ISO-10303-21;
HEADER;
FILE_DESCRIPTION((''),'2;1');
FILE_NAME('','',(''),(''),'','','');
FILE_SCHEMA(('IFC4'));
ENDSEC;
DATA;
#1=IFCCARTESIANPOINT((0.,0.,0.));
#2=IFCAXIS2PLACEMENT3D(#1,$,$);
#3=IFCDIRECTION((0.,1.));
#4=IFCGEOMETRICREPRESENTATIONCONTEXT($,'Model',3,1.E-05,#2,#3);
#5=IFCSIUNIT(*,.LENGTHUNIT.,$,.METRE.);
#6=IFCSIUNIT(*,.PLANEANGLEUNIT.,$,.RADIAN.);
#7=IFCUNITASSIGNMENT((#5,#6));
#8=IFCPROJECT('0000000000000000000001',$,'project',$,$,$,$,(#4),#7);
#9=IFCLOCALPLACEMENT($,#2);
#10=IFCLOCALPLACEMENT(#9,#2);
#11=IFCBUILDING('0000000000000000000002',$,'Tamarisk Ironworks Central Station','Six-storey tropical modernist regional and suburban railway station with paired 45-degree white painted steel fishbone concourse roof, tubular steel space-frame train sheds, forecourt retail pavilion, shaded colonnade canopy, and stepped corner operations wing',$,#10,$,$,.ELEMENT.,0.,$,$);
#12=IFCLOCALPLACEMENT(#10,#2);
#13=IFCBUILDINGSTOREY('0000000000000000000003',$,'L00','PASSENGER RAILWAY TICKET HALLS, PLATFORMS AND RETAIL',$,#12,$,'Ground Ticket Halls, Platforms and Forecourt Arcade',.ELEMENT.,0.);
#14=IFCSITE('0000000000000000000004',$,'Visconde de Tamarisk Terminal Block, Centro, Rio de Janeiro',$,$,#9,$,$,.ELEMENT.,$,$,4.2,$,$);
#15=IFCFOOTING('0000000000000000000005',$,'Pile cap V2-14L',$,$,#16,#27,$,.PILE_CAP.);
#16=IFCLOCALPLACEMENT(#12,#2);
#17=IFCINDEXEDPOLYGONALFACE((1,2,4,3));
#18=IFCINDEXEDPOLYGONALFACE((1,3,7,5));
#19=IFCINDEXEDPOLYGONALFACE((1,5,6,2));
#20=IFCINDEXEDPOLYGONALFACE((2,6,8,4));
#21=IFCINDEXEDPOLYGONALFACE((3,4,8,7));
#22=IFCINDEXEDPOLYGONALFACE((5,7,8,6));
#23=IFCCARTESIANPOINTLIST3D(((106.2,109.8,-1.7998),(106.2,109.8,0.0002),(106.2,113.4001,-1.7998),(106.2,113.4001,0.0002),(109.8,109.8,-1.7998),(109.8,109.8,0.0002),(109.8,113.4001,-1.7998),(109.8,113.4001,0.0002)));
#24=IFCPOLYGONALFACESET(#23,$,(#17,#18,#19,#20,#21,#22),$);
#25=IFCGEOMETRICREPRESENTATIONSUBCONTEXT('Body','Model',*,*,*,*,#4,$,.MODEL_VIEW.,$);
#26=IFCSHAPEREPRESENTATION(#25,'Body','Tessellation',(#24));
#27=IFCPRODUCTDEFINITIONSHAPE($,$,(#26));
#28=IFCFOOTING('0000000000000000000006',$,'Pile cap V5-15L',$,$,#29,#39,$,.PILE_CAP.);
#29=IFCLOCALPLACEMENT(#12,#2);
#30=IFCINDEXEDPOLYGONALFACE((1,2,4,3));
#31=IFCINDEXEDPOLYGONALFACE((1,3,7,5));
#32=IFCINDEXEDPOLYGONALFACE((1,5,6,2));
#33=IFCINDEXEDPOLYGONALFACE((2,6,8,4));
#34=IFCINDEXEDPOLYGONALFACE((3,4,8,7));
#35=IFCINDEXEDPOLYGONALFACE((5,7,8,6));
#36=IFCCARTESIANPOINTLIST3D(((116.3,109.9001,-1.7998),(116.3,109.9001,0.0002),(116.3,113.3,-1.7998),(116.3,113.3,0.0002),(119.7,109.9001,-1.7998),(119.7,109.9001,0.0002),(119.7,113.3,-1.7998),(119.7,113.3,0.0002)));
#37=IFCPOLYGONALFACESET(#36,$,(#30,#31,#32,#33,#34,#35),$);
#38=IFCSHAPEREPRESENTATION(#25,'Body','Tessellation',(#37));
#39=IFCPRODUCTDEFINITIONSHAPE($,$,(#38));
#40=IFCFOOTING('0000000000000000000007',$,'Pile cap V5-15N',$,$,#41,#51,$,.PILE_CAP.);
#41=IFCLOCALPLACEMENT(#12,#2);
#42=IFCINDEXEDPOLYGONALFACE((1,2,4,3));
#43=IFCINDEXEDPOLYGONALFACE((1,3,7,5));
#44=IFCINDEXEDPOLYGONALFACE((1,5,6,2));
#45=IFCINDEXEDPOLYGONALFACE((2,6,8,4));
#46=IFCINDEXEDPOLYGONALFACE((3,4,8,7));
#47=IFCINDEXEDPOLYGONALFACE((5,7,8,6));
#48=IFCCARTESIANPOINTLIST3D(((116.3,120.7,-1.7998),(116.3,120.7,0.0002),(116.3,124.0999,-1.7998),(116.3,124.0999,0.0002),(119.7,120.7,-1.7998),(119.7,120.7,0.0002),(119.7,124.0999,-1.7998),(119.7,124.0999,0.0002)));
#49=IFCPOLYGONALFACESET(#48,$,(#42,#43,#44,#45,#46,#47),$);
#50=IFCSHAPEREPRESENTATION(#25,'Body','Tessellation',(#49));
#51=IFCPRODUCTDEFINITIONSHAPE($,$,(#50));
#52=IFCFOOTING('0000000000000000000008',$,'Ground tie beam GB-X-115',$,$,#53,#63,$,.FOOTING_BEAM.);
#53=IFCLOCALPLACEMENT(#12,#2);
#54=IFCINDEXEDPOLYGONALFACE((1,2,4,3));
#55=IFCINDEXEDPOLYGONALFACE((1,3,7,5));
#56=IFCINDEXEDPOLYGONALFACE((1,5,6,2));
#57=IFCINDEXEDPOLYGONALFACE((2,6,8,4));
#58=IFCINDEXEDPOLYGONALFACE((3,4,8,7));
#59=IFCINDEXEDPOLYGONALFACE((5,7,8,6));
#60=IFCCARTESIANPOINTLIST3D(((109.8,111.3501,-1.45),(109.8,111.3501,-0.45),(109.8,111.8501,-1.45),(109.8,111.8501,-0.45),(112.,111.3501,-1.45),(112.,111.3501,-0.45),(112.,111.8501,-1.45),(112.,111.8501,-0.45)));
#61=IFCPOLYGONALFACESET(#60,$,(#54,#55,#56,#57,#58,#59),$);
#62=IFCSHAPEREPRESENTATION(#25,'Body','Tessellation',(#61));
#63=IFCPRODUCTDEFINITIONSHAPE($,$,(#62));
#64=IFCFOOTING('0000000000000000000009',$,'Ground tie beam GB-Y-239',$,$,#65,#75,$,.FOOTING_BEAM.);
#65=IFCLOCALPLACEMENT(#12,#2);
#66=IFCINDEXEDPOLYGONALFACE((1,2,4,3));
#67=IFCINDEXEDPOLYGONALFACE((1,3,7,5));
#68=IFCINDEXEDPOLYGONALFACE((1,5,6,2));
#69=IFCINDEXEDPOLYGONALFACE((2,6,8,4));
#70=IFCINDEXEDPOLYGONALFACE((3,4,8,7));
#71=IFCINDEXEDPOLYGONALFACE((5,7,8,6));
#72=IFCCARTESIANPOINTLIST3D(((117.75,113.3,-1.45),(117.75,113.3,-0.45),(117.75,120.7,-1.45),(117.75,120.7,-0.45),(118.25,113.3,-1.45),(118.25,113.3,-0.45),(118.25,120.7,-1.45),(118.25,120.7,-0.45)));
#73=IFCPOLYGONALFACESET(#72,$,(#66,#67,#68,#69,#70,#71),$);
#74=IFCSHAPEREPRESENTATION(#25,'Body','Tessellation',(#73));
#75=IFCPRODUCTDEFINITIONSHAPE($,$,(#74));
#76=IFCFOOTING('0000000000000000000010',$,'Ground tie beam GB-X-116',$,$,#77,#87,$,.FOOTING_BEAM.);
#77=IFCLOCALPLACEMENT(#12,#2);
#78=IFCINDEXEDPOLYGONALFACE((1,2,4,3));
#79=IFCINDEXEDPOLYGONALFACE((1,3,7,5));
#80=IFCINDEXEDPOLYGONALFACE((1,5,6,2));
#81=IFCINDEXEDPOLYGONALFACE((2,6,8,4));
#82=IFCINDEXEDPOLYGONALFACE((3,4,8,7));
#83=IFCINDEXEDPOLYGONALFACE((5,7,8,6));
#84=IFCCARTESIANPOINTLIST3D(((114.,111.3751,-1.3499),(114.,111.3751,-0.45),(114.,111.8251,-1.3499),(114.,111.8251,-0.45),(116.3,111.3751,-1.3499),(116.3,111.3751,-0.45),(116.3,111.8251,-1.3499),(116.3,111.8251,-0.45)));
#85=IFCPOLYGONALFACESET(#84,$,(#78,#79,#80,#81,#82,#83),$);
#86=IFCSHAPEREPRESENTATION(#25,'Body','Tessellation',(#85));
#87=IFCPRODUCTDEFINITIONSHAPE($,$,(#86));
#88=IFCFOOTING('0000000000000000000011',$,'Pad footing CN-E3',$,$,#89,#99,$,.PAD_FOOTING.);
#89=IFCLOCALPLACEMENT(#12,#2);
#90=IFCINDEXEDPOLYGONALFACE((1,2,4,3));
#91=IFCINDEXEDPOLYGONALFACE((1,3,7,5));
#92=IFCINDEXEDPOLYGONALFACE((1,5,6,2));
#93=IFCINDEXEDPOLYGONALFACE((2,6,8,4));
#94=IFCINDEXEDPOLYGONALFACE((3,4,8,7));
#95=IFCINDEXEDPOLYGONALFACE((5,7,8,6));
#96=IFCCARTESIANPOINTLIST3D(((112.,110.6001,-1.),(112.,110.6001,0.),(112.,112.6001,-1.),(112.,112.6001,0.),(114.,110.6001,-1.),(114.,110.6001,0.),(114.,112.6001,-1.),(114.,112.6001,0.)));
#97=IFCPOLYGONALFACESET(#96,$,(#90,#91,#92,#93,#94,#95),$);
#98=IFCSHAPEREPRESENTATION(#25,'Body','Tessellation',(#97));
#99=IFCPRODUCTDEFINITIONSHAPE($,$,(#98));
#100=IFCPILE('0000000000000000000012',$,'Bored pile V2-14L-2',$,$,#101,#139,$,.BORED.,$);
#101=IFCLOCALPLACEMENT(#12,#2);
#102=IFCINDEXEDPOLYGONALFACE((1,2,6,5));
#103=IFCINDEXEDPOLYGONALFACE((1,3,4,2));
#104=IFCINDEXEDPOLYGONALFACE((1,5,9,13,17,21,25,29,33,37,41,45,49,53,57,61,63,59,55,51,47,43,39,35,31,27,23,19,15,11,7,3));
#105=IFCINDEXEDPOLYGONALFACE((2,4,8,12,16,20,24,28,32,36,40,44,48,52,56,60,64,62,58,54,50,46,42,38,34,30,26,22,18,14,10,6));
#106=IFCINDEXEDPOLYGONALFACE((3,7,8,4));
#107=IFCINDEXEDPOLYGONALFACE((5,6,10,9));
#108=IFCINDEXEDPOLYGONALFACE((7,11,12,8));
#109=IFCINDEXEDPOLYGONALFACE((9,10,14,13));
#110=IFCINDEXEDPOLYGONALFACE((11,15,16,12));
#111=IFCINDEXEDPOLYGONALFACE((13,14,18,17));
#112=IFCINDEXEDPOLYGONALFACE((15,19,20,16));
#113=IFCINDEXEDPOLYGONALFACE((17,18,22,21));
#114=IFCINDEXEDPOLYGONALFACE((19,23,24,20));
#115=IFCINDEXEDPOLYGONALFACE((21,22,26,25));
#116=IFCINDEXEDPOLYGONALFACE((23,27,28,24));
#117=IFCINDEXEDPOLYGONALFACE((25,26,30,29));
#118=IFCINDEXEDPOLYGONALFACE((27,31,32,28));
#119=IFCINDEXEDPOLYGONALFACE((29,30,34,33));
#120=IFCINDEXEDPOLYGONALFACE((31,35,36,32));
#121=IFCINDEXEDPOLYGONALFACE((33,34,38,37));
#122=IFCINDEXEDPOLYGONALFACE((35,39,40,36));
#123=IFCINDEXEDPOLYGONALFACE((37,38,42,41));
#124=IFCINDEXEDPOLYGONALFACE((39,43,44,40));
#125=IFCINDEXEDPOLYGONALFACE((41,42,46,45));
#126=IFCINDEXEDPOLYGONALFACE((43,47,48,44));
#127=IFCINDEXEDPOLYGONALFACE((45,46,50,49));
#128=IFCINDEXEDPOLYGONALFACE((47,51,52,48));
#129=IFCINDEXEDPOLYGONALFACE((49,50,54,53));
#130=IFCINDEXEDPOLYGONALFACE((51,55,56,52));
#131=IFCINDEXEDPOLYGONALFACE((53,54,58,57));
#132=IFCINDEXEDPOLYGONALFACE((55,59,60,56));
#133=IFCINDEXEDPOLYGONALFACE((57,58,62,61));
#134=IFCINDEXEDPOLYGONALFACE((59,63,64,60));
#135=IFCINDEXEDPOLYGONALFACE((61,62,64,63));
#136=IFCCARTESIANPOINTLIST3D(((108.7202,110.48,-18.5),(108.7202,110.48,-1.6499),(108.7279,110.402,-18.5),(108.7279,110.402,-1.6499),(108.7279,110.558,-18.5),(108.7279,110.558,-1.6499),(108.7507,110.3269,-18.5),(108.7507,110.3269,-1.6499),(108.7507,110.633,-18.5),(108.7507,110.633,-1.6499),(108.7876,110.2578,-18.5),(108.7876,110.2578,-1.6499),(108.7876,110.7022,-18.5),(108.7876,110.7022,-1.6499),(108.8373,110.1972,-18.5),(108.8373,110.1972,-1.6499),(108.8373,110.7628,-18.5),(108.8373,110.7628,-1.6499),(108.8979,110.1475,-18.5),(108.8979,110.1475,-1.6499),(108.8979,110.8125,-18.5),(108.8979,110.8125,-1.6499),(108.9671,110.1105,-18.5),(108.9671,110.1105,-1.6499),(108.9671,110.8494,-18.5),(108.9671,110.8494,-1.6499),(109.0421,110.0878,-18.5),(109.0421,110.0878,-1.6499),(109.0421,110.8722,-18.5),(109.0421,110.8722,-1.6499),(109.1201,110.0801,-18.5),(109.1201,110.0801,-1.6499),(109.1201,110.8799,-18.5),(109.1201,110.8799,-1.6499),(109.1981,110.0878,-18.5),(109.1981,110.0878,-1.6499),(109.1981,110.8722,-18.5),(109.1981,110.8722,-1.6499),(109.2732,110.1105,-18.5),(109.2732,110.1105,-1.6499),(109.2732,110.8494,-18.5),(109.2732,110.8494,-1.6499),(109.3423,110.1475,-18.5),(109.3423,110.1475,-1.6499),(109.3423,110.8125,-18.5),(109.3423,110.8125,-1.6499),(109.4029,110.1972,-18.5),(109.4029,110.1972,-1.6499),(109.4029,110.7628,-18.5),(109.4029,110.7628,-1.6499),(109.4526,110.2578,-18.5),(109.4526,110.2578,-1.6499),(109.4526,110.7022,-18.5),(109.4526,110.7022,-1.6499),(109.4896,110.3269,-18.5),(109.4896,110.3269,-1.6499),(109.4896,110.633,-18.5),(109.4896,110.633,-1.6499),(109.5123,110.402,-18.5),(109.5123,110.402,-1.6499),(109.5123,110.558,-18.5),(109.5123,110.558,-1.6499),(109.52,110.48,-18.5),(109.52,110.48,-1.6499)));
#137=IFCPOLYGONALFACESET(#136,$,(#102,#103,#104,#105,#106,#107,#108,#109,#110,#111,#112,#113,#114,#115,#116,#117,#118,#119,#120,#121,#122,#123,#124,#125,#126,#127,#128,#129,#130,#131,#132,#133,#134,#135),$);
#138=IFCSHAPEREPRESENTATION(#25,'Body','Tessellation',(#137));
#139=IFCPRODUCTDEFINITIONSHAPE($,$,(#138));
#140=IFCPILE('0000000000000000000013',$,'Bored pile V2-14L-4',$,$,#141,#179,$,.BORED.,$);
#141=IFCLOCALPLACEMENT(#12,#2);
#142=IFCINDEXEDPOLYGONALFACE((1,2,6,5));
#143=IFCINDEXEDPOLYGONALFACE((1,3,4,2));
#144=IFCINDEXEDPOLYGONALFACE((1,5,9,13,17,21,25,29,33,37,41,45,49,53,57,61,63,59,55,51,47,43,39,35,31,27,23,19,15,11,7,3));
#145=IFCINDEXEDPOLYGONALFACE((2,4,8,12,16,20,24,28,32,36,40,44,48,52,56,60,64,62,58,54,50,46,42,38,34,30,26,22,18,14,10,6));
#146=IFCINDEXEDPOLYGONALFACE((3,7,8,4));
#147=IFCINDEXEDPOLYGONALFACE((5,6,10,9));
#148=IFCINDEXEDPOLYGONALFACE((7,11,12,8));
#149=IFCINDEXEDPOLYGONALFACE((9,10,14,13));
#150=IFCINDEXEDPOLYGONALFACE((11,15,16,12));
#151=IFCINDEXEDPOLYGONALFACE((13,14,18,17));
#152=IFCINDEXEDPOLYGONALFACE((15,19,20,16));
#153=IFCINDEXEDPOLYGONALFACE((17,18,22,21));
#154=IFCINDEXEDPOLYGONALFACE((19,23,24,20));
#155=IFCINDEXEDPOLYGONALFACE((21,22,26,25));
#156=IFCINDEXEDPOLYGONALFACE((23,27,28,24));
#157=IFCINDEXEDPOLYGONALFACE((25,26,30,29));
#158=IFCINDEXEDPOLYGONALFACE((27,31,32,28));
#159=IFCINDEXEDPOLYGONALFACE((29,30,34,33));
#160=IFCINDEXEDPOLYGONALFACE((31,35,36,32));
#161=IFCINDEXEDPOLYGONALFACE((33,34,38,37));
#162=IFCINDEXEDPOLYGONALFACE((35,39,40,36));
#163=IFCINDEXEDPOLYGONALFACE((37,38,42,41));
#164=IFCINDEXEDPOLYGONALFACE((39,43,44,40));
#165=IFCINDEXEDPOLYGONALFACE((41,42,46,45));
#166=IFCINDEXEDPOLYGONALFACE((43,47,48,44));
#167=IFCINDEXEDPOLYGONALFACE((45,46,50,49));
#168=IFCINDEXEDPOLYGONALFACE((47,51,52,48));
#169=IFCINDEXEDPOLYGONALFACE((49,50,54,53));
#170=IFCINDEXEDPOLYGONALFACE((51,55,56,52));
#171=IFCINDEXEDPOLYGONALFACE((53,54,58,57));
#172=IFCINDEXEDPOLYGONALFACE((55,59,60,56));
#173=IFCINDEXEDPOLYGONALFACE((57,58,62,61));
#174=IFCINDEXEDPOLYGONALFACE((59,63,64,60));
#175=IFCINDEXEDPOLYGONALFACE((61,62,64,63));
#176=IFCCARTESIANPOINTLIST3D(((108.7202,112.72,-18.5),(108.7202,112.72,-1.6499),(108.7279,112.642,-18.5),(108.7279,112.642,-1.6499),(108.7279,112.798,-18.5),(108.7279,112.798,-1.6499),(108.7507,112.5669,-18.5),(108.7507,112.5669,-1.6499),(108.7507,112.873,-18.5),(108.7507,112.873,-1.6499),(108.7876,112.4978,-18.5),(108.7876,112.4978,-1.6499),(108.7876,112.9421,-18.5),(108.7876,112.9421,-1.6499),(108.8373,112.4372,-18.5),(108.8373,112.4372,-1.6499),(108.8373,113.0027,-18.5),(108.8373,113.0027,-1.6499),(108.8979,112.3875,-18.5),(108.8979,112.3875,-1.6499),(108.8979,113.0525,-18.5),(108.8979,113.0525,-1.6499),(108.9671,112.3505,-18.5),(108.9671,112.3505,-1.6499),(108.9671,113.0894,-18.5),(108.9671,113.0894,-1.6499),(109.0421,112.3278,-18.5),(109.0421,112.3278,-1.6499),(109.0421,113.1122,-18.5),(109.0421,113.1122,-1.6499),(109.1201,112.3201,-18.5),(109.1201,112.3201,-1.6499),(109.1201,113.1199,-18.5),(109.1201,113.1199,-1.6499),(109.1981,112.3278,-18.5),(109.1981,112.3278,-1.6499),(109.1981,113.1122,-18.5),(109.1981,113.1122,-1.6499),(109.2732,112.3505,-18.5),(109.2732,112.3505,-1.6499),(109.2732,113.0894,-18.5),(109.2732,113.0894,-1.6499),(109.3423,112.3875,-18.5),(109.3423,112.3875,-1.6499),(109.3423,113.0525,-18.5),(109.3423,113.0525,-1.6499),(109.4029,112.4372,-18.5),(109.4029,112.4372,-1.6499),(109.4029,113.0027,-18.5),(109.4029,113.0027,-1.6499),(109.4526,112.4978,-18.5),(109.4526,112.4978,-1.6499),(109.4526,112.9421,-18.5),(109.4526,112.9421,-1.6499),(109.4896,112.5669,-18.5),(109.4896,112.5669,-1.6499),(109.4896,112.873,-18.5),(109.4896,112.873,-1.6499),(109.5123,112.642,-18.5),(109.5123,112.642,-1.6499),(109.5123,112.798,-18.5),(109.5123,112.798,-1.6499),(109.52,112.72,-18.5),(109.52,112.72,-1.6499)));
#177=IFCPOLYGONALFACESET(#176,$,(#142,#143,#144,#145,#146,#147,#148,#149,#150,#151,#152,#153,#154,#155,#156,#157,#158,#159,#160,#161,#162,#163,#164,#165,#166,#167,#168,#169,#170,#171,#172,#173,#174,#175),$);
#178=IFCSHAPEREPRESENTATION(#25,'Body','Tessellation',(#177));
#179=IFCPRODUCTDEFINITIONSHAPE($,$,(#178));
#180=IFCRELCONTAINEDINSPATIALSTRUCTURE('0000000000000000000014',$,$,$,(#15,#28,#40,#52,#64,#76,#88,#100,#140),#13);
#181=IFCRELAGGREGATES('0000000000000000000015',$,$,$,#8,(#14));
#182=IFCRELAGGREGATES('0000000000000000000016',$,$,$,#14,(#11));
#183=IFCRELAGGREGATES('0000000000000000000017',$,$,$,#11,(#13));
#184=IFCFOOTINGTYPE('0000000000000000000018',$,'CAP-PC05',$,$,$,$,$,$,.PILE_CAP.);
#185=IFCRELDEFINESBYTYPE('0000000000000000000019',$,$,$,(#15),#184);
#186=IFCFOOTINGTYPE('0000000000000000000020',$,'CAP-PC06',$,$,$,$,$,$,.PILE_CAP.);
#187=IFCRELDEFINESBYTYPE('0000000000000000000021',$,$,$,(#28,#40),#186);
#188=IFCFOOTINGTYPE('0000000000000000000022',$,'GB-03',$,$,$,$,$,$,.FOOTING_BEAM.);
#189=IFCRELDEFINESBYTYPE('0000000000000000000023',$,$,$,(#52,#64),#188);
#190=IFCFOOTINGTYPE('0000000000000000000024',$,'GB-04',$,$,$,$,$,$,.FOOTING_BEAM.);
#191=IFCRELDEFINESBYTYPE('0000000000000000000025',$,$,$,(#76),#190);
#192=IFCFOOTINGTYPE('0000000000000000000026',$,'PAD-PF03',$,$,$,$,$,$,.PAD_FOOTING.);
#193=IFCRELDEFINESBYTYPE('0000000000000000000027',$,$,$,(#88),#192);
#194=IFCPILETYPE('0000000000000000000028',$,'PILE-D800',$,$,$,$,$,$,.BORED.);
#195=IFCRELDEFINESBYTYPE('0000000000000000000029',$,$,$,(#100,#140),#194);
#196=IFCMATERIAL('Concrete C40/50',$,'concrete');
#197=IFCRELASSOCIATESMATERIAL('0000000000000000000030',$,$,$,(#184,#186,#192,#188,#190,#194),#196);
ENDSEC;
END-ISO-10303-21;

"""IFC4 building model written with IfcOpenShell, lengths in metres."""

from ifc_helpers import new_model, si_unit, direction, frame, origin, origin_2d, place, context, subcontext, project, spatial, rectangle, circle, extrude, material, material_profile, profile_set, type_object, element, save


model = new_model("IFC4")

# Units and contexts
model_context = context("Model", 3, precision=1e-05, world=origin(), true_north=direction((0.0, 1.0)))
body_context = subcontext(model_context, "Body", "Model", "MODEL_VIEW")
ifc_project = project(units=[si_unit("LENGTHUNIT", "METRE"), si_unit("PLANEANGLEUNIT", "RADIAN")], contexts=[model_context])

# Site, building, storey
site_placement = place(None, origin())
site = spatial("IfcSite", under=ifc_project, at=site_placement, Name="Visconde de Tamarisk Terminal Block, Centro, Rio de Janeiro", CompositionType="ELEMENT", RefElevation=4.2)
building_placement = place(site_placement, origin())
building = spatial("IfcBuilding", under=site, at=building_placement, Name="Tamarisk Ironworks Central Station", Description="Six-storey tropical modernist regional and suburban railway station with paired 45-degree white painted steel fishbone concourse roof, tubular steel space-frame train sheds, forecourt retail pavilion, shaded colonnade canopy, and stepped corner operations wing", CompositionType="ELEMENT", ElevationOfRefHeight=0.0)
storey_placement = place(building_placement, origin())
storey = spatial("IfcBuildingStorey", under=building, at=storey_placement, Name="L00", Description="PASSENGER RAILWAY TICKET HALLS, PLATFORMS AND RETAIL", LongName="Ground Ticket Halls, Platforms and Forecourt Arcade", CompositionType="ELEMENT", Elevation=0.0)

# Footings
ifc_material_1 = material(Name="Concrete C40/50", Category="concrete")
footing_type_1 = type_object("IfcFootingType", Name="CAP-PC05", PredefinedType="PILE_CAP", material=ifc_material_1)
footing_1_placement = place(storey_placement, frame((108.0, 111.6001, -1.7998), z_axis=(0.0, 0.0, 1.0), x_axis=(1.0, 0.0, 0.0)))
element("IfcFooting", 1, at=footing_1_placement, inside=storey, type_object=footing_type_1, Name="Pile cap V2-14L", PredefinedType="PILE_CAP", context=body_context, shape_type="SweptSolid", body=[
    extrude(rectangle(XDim=3.6001, YDim=3.6001, at=origin_2d()), origin(), (0.0, 0.0, 1.0), 1.8),
])
footing_type_2 = type_object("IfcFootingType", Name="CAP-PC06", PredefinedType="PILE_CAP", material=ifc_material_1)
for number, where, z_axis, x_axis, name in (
    (2, (118.0, 111.6001, -1.7998), (0.0, 0.0, 1.0), (1.0, 0.0, 0.0), "Pile cap V5-15L"),
    (3, (118.0, 122.3999, -1.7998), (0.0, 0.0, 1.0), (1.0, 0.0, 0.0), "Pile cap V5-15N"),
):
    element("IfcFooting", number, at=place(storey_placement, frame(where, z_axis=z_axis, x_axis=x_axis)), inside=storey, type_object=footing_type_2, Name=name, PredefinedType="PILE_CAP", context=body_context, shape_type="SweptSolid", body=[
        extrude(rectangle(XDim=3.3999, YDim=3.3999, at=origin_2d()), origin(), (0.0, 0.0, 1.0), 1.8),
    ])
ifc_material_profile_1 = material_profile(ifc_material_1, rectangle(XDim=0.5, YDim=1.0, at=origin_2d()), Name="GB03 500x1000")
ifc_profile_set_1 = profile_set([ifc_material_profile_1], Name="Concrete C40/50")
footing_type_3 = type_object("IfcFootingType", Name="GB-03", PredefinedType="FOOTING_BEAM", material=ifc_profile_set_1)
footing_2_placement = place(storey_placement, frame((109.8, 111.6001, -0.95), z_axis=(1.0, 0.0, 0.0), x_axis=(0.0, 1.0, 0.0)))
element("IfcFooting", 4, at=footing_2_placement, inside=storey, type_object=footing_type_3, Name="Ground tie beam GB-X-115", PredefinedType="FOOTING_BEAM", context=body_context, shape_type="SweptSolid", body=[
    extrude(rectangle(XDim=0.5, YDim=1.0, at=origin_2d()), origin(), (0.0, 0.0, 1.0), 2.2),
])
footing_3_placement = place(storey_placement, frame((118.0, 113.3, -0.95), z_axis=(0.0, 1.0, 0.0), x_axis=(-1.0, 0.0, 0.0)))
element("IfcFooting", 5, at=footing_3_placement, inside=storey, type_object=footing_type_3, Name="Ground tie beam GB-Y-239", PredefinedType="FOOTING_BEAM", context=body_context, shape_type="SweptSolid", body=[
    extrude(rectangle(XDim=0.5, YDim=1.0, at=origin_2d()), origin(), (0.0, 0.0, 1.0), 7.3999),
])
ifc_material_profile_2 = material_profile(ifc_material_1, rectangle(XDim=0.45, YDim=0.8999, at=origin_2d()), Name="GB04 450x900")
ifc_profile_set_2 = profile_set([ifc_material_profile_2], Name="Concrete C40/50")
footing_type_4 = type_object("IfcFootingType", Name="GB-04", PredefinedType="FOOTING_BEAM", material=ifc_profile_set_2)
footing_4_placement = place(storey_placement, frame((114.0, 111.6001, -0.8999), z_axis=(1.0, 0.0, 0.0), x_axis=(0.0, 1.0, 0.0)))
element("IfcFooting", 6, at=footing_4_placement, inside=storey, type_object=footing_type_4, Name="Ground tie beam GB-X-116", PredefinedType="FOOTING_BEAM", context=body_context, shape_type="SweptSolid", body=[
    extrude(rectangle(XDim=0.45, YDim=0.8999, at=origin_2d()), origin(), (0.0, 0.0, 1.0), 2.3),
])
footing_type_5 = type_object("IfcFootingType", Name="PAD-PF03", PredefinedType="PAD_FOOTING", material=ifc_material_1)
footing_5_placement = place(storey_placement, frame((113.0, 111.6001, -1.0), z_axis=(0.0, 0.0, 1.0), x_axis=(1.0, 0.0, 0.0)))
element("IfcFooting", 7, at=footing_5_placement, inside=storey, type_object=footing_type_5, Name="Pad footing CN-E3", PredefinedType="PAD_FOOTING", context=body_context, shape_type="SweptSolid", body=[
    extrude(rectangle(XDim=2.0, YDim=2.0, at=origin_2d()), origin(), (0.0, 0.0, 1.0), 1.0),
])

# Piles
ifc_material_profile_3 = material_profile(ifc_material_1, circle(Radius=0.3999, at=origin_2d()), Name="BORED PILE D800")
ifc_profile_set_3 = profile_set([ifc_material_profile_3], Name="Concrete C40/50")
pile_type = type_object("IfcPileType", Name="PILE-D800", PredefinedType="BORED", material=ifc_profile_set_3)
for number, where, z_axis, x_axis, name in (
    (8, (109.1201, 110.48, -1.6499), (0.0, 0.0, -1.0), (1.0, 0.0, 0.0), "Bored pile V2-14L-2"),
    (9, (109.1201, 112.72, -1.6499), (0.0, 0.0, -1.0), (1.0, 0.0, 0.0), "Bored pile V2-14L-4"),
):
    element("IfcPile", number, at=place(storey_placement, frame(where, z_axis=z_axis, x_axis=x_axis)), inside=storey, type_object=pile_type, Name=name, PredefinedType="BORED", context=body_context, shape_type="SweptSolid", body=[
        extrude(circle(Radius=0.3999, at=origin_2d()), origin(), (0.0, 0.0, 1.0), 16.8501),
    ])

save(model, "model.ifc")
